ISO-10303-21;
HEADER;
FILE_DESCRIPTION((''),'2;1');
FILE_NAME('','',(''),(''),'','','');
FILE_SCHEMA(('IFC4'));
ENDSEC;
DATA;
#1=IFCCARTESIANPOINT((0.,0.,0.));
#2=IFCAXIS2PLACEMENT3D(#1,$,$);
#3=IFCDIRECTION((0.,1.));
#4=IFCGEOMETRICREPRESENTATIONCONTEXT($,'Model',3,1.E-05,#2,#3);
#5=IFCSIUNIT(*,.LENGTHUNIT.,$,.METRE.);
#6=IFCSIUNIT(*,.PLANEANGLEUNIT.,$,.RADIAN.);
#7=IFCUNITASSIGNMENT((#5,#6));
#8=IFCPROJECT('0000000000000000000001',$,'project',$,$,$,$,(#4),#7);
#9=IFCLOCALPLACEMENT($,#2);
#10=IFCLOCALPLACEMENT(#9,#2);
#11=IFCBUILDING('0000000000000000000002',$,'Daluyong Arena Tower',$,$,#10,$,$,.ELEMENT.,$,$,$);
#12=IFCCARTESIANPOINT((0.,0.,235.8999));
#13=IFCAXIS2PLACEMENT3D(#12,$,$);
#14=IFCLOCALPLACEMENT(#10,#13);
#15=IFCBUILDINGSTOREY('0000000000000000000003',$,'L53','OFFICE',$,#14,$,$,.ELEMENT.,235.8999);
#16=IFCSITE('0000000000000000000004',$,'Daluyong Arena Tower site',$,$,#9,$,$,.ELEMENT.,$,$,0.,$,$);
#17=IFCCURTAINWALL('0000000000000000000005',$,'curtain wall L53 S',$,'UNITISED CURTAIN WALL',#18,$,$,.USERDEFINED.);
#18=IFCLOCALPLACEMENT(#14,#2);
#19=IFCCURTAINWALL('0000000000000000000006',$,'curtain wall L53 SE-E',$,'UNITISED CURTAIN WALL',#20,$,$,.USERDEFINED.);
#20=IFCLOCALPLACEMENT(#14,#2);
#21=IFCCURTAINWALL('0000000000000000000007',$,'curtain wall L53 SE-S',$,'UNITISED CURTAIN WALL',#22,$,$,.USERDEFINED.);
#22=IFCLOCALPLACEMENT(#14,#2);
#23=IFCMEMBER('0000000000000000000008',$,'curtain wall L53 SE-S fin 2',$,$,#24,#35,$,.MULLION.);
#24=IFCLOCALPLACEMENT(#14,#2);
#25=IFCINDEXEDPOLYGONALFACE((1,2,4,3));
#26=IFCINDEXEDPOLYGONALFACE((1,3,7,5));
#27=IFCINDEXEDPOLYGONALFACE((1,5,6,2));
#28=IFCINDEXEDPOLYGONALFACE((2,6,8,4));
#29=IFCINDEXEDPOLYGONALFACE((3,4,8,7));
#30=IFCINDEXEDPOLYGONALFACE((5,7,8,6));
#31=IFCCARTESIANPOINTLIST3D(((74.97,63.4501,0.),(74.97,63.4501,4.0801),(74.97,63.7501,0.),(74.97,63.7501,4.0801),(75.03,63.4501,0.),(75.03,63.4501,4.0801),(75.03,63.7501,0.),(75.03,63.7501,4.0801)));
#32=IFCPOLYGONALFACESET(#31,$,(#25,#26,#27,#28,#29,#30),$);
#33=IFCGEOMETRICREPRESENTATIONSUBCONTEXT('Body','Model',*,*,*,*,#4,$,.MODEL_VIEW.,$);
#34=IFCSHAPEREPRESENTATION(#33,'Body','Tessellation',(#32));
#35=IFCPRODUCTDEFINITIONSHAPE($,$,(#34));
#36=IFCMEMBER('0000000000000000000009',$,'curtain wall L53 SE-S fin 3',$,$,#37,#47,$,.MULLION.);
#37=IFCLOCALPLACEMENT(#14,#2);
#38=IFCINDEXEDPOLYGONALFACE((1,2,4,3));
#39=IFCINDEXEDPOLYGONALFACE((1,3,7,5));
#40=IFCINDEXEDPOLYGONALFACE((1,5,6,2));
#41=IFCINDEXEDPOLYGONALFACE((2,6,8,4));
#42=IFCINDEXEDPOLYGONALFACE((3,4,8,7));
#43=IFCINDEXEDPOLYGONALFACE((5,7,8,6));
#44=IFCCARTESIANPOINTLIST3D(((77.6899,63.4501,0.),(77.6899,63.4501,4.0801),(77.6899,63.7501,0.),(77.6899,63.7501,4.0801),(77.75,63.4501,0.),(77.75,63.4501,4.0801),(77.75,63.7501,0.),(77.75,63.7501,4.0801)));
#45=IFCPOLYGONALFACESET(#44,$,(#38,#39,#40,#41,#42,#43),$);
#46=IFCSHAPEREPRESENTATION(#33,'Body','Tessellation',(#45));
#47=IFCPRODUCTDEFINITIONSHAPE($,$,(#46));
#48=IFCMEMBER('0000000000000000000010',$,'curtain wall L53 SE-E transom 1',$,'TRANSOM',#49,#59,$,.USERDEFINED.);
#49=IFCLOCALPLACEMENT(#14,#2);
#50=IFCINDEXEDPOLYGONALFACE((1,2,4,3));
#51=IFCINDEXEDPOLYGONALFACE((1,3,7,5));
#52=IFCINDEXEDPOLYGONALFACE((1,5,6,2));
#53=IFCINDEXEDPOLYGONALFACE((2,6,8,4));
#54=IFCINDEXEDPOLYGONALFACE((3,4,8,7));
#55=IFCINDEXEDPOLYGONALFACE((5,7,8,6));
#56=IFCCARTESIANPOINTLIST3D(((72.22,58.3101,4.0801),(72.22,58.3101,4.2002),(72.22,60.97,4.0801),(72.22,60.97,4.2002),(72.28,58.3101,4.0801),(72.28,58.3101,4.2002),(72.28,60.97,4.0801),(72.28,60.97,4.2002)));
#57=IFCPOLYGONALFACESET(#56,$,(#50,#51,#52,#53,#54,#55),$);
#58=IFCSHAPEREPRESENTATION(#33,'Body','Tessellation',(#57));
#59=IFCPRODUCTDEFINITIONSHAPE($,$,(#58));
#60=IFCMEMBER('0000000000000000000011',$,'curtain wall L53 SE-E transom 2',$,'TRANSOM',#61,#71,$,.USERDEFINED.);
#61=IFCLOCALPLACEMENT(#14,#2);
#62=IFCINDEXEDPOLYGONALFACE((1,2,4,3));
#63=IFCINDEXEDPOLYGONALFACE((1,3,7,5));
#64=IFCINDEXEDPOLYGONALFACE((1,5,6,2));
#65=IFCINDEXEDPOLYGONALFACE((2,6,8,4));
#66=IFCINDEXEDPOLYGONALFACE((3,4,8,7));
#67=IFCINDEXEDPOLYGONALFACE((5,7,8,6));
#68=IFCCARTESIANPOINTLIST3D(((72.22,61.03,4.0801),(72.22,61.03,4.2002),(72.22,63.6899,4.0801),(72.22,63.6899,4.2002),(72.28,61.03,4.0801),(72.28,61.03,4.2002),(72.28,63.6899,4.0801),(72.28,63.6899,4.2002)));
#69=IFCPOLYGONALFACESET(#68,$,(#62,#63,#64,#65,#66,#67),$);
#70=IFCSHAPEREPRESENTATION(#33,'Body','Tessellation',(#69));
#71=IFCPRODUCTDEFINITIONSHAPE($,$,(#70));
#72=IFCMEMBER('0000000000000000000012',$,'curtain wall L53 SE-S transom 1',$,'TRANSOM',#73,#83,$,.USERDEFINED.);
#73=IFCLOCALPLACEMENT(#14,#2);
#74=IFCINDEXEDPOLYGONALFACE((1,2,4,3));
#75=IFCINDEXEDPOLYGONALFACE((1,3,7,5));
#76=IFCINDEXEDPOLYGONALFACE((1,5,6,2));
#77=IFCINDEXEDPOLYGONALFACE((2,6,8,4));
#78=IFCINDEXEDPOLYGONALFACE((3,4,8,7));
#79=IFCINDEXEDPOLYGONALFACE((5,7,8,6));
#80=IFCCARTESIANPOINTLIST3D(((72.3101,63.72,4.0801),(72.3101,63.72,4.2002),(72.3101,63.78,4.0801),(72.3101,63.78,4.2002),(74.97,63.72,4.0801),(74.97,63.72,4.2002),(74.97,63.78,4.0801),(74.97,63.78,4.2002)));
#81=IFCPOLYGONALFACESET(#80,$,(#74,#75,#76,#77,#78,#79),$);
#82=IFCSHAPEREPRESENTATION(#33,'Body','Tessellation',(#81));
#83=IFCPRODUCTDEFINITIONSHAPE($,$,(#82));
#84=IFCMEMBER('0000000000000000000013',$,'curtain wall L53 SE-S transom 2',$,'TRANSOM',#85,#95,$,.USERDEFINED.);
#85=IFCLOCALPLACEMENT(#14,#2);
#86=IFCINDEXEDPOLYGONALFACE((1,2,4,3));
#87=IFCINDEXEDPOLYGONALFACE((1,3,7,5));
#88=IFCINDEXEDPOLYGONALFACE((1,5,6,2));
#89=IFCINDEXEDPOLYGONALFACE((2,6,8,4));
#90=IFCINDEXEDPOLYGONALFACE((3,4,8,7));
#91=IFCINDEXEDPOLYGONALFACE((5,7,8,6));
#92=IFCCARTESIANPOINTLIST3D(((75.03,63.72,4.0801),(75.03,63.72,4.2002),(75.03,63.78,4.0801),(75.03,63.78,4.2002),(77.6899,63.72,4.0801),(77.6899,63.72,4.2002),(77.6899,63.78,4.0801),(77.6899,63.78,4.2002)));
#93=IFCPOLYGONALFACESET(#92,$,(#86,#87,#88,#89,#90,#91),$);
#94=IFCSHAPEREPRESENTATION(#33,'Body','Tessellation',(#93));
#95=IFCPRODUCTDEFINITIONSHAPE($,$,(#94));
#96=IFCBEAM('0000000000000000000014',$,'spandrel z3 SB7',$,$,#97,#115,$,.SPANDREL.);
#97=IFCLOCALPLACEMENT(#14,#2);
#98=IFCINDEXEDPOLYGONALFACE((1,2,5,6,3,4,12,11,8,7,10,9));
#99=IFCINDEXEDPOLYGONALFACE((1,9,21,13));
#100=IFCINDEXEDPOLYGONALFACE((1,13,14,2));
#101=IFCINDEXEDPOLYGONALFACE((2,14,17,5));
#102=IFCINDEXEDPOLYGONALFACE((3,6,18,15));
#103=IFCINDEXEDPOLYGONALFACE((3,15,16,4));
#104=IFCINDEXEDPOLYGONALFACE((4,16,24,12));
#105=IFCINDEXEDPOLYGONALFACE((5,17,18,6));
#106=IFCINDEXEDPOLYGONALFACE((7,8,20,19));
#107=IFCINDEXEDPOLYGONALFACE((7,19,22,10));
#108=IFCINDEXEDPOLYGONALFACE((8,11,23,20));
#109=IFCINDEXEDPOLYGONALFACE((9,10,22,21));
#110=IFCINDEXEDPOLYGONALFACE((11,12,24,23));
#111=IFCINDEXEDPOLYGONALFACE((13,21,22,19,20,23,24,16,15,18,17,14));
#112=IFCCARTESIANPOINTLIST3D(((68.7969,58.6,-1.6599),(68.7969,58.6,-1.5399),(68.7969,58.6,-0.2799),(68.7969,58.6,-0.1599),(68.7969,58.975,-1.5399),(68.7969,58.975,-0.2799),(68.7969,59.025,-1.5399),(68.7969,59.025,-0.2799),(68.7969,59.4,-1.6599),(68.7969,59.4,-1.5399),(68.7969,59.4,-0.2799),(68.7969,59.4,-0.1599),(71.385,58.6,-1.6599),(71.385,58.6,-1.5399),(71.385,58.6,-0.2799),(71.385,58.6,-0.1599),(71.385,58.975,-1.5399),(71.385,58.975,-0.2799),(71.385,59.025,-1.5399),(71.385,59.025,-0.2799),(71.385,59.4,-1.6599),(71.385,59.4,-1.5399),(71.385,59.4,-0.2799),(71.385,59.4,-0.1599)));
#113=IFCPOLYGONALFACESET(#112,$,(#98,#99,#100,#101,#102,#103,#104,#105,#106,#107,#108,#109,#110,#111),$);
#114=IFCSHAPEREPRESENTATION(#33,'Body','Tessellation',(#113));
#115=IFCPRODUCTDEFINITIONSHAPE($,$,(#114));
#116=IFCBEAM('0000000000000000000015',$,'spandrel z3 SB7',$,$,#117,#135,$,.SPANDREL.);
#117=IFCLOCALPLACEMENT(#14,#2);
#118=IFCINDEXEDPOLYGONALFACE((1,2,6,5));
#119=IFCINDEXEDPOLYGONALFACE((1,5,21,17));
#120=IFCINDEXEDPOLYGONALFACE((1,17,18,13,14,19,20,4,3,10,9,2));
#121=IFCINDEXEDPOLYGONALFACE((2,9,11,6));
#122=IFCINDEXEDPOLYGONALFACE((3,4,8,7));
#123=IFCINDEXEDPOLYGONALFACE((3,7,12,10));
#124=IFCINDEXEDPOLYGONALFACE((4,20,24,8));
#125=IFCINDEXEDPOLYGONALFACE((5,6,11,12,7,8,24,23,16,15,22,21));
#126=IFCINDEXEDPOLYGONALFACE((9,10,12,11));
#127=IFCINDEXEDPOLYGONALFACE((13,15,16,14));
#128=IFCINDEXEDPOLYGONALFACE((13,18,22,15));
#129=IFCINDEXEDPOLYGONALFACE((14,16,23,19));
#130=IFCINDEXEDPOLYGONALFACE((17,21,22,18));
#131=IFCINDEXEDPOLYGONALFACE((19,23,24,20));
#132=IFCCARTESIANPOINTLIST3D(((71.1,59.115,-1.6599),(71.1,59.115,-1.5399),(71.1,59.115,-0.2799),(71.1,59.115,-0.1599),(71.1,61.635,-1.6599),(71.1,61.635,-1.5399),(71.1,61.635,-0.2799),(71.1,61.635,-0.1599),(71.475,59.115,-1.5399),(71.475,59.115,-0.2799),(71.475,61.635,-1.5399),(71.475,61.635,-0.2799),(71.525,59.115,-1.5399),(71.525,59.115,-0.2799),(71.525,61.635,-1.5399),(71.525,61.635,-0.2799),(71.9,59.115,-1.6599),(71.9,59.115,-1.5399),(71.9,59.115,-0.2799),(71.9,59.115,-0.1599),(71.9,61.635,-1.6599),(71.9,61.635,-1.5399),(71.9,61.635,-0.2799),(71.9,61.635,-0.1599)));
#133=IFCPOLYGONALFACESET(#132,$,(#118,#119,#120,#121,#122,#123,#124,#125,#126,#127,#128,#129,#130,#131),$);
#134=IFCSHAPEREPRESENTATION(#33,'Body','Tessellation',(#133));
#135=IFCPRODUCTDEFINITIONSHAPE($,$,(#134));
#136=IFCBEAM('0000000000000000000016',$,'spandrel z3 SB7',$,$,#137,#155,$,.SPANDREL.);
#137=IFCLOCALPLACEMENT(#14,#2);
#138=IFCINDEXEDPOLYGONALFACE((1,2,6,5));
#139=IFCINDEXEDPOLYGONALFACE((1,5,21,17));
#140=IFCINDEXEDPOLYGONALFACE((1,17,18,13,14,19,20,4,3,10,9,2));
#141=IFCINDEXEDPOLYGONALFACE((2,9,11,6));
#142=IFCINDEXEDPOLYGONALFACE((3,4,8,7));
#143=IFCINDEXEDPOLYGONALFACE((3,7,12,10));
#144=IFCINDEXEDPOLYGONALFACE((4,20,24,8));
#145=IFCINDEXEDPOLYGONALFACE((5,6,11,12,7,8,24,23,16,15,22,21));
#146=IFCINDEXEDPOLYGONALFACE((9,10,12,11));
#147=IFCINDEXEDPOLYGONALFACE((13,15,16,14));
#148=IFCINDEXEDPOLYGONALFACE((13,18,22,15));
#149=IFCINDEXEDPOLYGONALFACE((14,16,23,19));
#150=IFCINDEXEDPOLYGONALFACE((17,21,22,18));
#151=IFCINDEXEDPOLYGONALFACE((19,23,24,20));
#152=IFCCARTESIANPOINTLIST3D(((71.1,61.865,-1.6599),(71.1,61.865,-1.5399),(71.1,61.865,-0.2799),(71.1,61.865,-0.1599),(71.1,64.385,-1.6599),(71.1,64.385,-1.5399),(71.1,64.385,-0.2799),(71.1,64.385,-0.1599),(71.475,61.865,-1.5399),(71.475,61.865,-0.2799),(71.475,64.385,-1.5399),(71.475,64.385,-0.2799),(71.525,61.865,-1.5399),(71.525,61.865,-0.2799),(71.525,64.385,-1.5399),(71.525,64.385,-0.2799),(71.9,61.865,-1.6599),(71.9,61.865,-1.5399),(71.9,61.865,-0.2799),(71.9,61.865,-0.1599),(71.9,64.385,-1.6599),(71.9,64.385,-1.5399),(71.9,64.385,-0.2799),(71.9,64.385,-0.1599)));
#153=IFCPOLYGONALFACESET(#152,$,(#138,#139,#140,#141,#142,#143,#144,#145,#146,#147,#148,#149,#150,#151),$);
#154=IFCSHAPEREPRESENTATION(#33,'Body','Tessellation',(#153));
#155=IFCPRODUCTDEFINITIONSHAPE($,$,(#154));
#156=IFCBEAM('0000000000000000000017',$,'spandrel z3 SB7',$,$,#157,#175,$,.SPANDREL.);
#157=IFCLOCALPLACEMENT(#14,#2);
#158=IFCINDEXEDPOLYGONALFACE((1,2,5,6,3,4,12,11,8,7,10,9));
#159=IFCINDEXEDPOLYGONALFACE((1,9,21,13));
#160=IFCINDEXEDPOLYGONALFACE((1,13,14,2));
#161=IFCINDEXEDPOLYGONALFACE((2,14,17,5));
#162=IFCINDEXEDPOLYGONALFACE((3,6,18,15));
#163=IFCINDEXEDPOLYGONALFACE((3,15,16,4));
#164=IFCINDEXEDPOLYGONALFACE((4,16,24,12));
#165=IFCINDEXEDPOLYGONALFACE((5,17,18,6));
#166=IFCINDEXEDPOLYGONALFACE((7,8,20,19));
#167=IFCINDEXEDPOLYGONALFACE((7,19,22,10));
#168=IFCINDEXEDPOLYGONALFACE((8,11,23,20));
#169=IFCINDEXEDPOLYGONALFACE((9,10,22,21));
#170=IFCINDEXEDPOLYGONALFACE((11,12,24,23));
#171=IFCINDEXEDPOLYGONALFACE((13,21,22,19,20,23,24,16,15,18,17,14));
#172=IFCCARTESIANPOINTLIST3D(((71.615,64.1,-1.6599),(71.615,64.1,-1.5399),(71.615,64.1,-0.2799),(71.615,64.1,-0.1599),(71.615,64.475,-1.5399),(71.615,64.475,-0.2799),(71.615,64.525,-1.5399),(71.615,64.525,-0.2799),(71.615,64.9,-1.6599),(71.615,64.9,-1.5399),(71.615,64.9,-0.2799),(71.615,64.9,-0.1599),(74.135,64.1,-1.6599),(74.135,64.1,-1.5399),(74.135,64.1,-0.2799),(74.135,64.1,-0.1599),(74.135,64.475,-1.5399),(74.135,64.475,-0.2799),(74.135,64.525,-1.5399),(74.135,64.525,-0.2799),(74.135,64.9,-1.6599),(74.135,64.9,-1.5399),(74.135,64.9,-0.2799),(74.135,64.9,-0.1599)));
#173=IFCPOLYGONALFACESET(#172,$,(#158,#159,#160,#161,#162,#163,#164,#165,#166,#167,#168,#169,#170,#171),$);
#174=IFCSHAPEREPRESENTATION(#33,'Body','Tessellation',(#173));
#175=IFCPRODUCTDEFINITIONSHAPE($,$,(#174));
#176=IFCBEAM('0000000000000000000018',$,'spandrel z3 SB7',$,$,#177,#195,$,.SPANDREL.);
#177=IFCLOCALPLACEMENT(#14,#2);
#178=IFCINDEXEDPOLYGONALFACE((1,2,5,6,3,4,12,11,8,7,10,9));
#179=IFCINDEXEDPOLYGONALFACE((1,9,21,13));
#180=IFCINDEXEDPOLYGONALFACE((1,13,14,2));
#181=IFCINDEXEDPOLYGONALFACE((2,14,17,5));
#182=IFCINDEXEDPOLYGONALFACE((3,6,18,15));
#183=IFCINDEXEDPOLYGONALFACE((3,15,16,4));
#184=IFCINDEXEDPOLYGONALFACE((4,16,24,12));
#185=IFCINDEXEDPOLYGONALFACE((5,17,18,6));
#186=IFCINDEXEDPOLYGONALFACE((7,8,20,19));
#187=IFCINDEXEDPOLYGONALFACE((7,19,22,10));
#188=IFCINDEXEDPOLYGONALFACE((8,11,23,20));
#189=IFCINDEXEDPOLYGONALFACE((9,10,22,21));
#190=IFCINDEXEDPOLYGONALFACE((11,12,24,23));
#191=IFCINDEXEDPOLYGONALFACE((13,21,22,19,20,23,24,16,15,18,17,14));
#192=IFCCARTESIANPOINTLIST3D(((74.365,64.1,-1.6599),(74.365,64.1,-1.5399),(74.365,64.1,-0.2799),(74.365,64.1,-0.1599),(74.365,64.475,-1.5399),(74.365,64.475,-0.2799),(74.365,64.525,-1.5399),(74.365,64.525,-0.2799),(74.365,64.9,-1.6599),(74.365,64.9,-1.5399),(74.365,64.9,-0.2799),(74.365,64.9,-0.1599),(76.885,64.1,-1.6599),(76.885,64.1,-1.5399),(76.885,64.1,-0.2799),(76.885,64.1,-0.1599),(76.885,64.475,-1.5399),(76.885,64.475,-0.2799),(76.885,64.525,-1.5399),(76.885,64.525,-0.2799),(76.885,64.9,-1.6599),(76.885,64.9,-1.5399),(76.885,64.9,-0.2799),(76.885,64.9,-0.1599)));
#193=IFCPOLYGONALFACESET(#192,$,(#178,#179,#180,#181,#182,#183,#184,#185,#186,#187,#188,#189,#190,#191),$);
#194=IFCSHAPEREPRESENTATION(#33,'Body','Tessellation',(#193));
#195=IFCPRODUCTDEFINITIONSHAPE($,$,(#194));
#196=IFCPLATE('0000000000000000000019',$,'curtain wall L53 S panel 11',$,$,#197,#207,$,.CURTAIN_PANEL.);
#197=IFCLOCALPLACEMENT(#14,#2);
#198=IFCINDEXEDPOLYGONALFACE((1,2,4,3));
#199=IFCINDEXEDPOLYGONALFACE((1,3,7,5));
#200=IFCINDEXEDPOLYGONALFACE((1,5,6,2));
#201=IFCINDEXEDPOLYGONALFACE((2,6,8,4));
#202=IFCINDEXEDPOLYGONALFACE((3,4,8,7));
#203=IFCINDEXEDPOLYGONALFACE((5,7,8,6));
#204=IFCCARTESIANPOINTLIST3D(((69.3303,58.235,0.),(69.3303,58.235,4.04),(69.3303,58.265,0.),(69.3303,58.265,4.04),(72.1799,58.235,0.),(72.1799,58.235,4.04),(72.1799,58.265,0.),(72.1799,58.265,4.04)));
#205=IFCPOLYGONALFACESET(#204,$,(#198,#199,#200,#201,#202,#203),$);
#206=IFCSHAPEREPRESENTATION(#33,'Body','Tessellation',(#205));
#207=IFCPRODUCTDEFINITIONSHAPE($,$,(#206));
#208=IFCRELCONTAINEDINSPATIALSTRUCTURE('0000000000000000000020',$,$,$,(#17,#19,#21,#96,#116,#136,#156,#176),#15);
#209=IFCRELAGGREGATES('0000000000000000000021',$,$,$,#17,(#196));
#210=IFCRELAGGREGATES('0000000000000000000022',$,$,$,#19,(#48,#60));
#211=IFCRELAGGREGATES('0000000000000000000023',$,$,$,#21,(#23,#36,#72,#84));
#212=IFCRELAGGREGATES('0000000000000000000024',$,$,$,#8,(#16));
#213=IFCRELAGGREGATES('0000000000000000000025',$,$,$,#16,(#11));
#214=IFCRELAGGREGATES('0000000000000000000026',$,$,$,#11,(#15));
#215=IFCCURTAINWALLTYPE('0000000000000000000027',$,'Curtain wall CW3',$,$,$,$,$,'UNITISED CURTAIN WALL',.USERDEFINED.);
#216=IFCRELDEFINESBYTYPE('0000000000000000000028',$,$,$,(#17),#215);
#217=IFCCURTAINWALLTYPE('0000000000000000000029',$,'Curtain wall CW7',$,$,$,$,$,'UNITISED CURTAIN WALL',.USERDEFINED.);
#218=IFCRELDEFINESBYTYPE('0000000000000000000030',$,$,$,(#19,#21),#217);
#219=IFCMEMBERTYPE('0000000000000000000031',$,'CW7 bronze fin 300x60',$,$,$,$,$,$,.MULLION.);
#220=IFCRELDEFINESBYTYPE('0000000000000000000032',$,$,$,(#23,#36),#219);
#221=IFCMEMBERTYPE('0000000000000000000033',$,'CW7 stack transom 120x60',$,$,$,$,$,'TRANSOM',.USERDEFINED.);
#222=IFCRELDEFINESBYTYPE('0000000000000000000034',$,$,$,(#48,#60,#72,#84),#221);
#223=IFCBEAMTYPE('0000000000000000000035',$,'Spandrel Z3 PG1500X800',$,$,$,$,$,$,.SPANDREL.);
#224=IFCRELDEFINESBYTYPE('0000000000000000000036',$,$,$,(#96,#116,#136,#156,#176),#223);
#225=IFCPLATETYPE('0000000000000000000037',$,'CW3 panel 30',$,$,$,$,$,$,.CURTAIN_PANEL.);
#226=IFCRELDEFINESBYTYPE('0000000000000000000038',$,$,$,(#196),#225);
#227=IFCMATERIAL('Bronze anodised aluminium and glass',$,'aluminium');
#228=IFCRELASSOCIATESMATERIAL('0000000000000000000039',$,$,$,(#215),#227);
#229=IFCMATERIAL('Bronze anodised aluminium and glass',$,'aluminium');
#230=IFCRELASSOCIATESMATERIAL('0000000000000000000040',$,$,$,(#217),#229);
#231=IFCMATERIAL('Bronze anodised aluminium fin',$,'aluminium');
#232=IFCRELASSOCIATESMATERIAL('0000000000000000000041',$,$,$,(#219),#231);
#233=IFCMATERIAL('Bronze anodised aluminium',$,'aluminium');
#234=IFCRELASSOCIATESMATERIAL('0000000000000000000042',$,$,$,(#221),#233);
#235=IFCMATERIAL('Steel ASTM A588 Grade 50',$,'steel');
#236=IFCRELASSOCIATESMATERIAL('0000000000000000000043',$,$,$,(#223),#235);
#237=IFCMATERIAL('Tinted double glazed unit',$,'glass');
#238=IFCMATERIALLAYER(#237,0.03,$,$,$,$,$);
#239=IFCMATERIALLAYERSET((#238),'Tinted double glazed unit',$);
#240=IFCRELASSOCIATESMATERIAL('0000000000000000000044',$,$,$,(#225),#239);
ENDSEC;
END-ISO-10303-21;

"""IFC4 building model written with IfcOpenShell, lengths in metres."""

from ifc_helpers import new_model, si_unit, direction, frame, origin, origin_2d, place, context, subcontext, project, spatial, rectangle, i_section, extrude, material, layer, layer_set, material_profile, profile_set, type_object, element, aggregate, save


model = new_model("IFC4")

# Units and contexts
model_context = context("Model", 3, precision=1e-05, world=origin(), true_north=direction((0.0, 1.0)))
body_context = subcontext(model_context, "Body", "Model", "MODEL_VIEW")
ifc_project = project(units=[si_unit("LENGTHUNIT", "METRE"), si_unit("PLANEANGLEUNIT", "RADIAN")], contexts=[model_context])

# Site, building, storey
site_placement = place(None, origin())
site = spatial("IfcSite", under=ifc_project, at=site_placement, Name="Daluyong Arena Tower site", CompositionType="ELEMENT", RefElevation=0.0)
building_placement = place(site_placement, origin())
building = spatial("IfcBuilding", under=site, at=building_placement, Name="Daluyong Arena Tower", CompositionType="ELEMENT")
storey_placement = place(building_placement, frame((0.0, 0.0, 235.8999)))
storey = spatial("IfcBuildingStorey", under=building, at=storey_placement, Name="L53", Description="OFFICE", CompositionType="ELEMENT", Elevation=235.8999)

# Curtain wall
ifc_material_1 = material(Name="Bronze anodised aluminium and glass", Category="aluminium")
curtain_wall_type_1 = type_object("IfcCurtainWallType", Name="Curtain wall CW3", ElementType="UNITISED CURTAIN WALL", PredefinedType="USERDEFINED", material=ifc_material_1)
curtain_wall_1_placement = place(storey_placement, origin())
curtain_wall_1 = element("IfcCurtainWall", 1, at=curtain_wall_1_placement, inside=storey, type_object=curtain_wall_type_1, Name="curtain wall L53 S", ObjectType="UNITISED CURTAIN WALL", PredefinedType="USERDEFINED")

# Curtain walls, members
ifc_material_2 = material(Name="Bronze anodised aluminium and glass", Category="aluminium")
curtain_wall_type_2 = type_object("IfcCurtainWallType", Name="Curtain wall CW7", ElementType="UNITISED CURTAIN WALL", PredefinedType="USERDEFINED", material=ifc_material_2)
curtain_wall_2_placement = place(storey_placement, origin())
curtain_wall_2 = element("IfcCurtainWall", 2, at=curtain_wall_2_placement, inside=storey, type_object=curtain_wall_type_2, Name="curtain wall L53 SE-E", ObjectType="UNITISED CURTAIN WALL", PredefinedType="USERDEFINED")
ifc_material_3 = material(Name="Bronze anodised aluminium fin", Category="aluminium")
ifc_material_profile_1 = material_profile(ifc_material_3, rectangle(XDim=0.3, YDim=0.0601, at=origin_2d()))
ifc_profile_set_1 = profile_set([ifc_material_profile_1], Name="Bronze anodised aluminium fin")
member_type_1 = type_object("IfcMemberType", Name="CW7 bronze fin 300x60", PredefinedType="MULLION", material=ifc_profile_set_1)
curtain_wall_3_placement = place(storey_placement, origin())
curtain_wall_3 = element("IfcCurtainWall", 3, at=curtain_wall_3_placement, inside=storey, type_object=curtain_wall_type_2, Name="curtain wall L53 SE-S", ObjectType="UNITISED CURTAIN WALL", PredefinedType="USERDEFINED")
member_1_placement = place(storey_placement, frame((75.0, 63.6001, 0.0), z_axis=(0.0, 0.0, 1.0), x_axis=(0.0, 1.0, 0.0)))
member_1 = element("IfcMember", 4, at=member_1_placement, type_object=member_type_1, Name="curtain wall L53 SE-S fin 2", PredefinedType="MULLION", context=body_context, shape_type="SweptSolid", body=[
    extrude(rectangle(XDim=0.3, YDim=0.0601, at=origin_2d()), origin(), (0.0, 0.0, 1.0), 4.0801),
])
member_2_placement = place(storey_placement, frame((77.72, 63.6001, 0.0), z_axis=(0.0, 0.0, 1.0), x_axis=(0.0, 1.0, 0.0)))
member_2 = element("IfcMember", 5, at=member_2_placement, type_object=member_type_1, Name="curtain wall L53 SE-S fin 3", PredefinedType="MULLION", context=body_context, shape_type="SweptSolid", body=[
    extrude(rectangle(XDim=0.3, YDim=0.0601, at=origin_2d()), origin(), (0.0, 0.0, 1.0), 4.0801),
])

# Members
ifc_material_4 = material(Name="Bronze anodised aluminium", Category="aluminium")
ifc_material_profile_2 = material_profile(ifc_material_4, rectangle(XDim=0.0601, YDim=0.1201, at=origin_2d()))
ifc_profile_set_2 = profile_set([ifc_material_profile_2], Name="Bronze anodised aluminium")
member_type_2 = type_object("IfcMemberType", Name="CW7 stack transom 120x60", ElementType="TRANSOM", PredefinedType="USERDEFINED", material=ifc_profile_set_2)
member_3_placement = place(storey_placement, frame((72.25, 58.3101, 4.1401), z_axis=(0.0, 1.0, 0.0), x_axis=(-1.0, 0.0, 0.0)))
member_3 = element("IfcMember", 6, at=member_3_placement, type_object=member_type_2, Name="curtain wall L53 SE-E transom 1", ObjectType="TRANSOM", PredefinedType="USERDEFINED", context=body_context, shape_type="SweptSolid", body=[
    extrude(rectangle(XDim=0.0601, YDim=0.1201, at=origin_2d()), origin(), (0.0, 0.0, 1.0), 2.6599),
])
member_4_placement = place(storey_placement, frame((72.25, 61.03, 4.1401), z_axis=(0.0, 1.0, 0.0), x_axis=(-1.0, 0.0, 0.0)))
member_4 = element("IfcMember", 7, at=member_4_placement, type_object=member_type_2, Name="curtain wall L53 SE-E transom 2", ObjectType="TRANSOM", PredefinedType="USERDEFINED", context=body_context, shape_type="SweptSolid", body=[
    extrude(rectangle(XDim=0.0601, YDim=0.1201, at=origin_2d()), origin(), (0.0, 0.0, 1.0), 2.6599),
])
member_5_placement = place(storey_placement, frame((72.3101, 63.75, 4.1401), z_axis=(1.0, 0.0, 0.0), x_axis=(0.0, 1.0, 0.0)))
member_5 = element("IfcMember", 8, at=member_5_placement, type_object=member_type_2, Name="curtain wall L53 SE-S transom 1", ObjectType="TRANSOM", PredefinedType="USERDEFINED", context=body_context, shape_type="SweptSolid", body=[
    extrude(rectangle(XDim=0.0601, YDim=0.1201, at=origin_2d()), origin(), (0.0, 0.0, 1.0), 2.6599),
])
member_6_placement = place(storey_placement, frame((75.03, 63.75, 4.1401), z_axis=(1.0, 0.0, 0.0), x_axis=(0.0, 1.0, 0.0)))
member_6 = element("IfcMember", 9, at=member_6_placement, type_object=member_type_2, Name="curtain wall L53 SE-S transom 2", ObjectType="TRANSOM", PredefinedType="USERDEFINED", context=body_context, shape_type="SweptSolid", body=[
    extrude(rectangle(XDim=0.0601, YDim=0.1201, at=origin_2d()), origin(), (0.0, 0.0, 1.0), 2.6599),
])

# Beams
ifc_material_5 = material(Name="Steel ASTM A588 Grade 50", Category="steel")
ifc_material_profile_3 = material_profile(ifc_material_5, i_section(OverallWidth=0.8, OverallDepth=1.5, WebThickness=0.05, FlangeThickness=0.12, at=origin_2d()))
ifc_profile_set_3 = profile_set([ifc_material_profile_3], Name="Steel ASTM A588 Grade 50")
beam_type = type_object("IfcBeamType", Name="Spandrel Z3 PG1500X800", PredefinedType="SPANDREL", material=ifc_profile_set_3)
beam_placement = place(storey_placement, frame((68.7969, 59.0, -0.9099), z_axis=(1.0, 0.0, 0.0), x_axis=(0.0, 1.0, 0.0)))
element("IfcBeam", 10, at=beam_placement, inside=storey, type_object=beam_type, Name="spandrel z3 SB7", PredefinedType="SPANDREL", context=body_context, shape_type="SweptSolid", body=[
    extrude(i_section(OverallWidth=0.8, OverallDepth=1.5, WebThickness=0.05, FlangeThickness=0.12, at=origin_2d()), origin(), (0.0, 0.0, 1.0), 2.5881),
])
for number, where, z_axis, x_axis, name in (
    (11, (71.5, 59.115, -0.9099), (0.0, 1.0, 0.0), (-1.0, 0.0, 0.0), "spandrel z3 SB7"),
    (12, (71.5, 61.865, -0.9099), (0.0, 1.0, 0.0), (-1.0, 0.0, 0.0), "spandrel z3 SB7"),
    (13, (71.615, 64.5, -0.9099), (1.0, 0.0, 0.0), (0.0, 1.0, 0.0), "spandrel z3 SB7"),
    (14, (74.365, 64.5, -0.9099), (1.0, 0.0, 0.0), (0.0, 1.0, 0.0), "spandrel z3 SB7"),
):
    element("IfcBeam", number, at=place(storey_placement, frame(where, z_axis=z_axis, x_axis=x_axis)), inside=storey, type_object=beam_type, Name=name, PredefinedType="SPANDREL", context=body_context, shape_type="SweptSolid", body=[
        extrude(i_section(OverallWidth=0.8, OverallDepth=1.5, WebThickness=0.05, FlangeThickness=0.12, at=origin_2d()), origin(), (0.0, 0.0, 1.0), 2.52),
    ])

# Plate
ifc_material_6 = material(Name="Tinted double glazed unit", Category="glass")
ifc_layer_1 = layer(ifc_material_6, 0.03)
ifc_layer_set_1 = layer_set([ifc_layer_1], Name="Tinted double glazed unit")
plate_type_1 = type_object("IfcPlateType", Name="CW3 panel 30", PredefinedType="CURTAIN_PANEL", material=ifc_layer_set_1)
plate_1_placement = place(storey_placement, frame((70.7551, 58.25, 0.0), z_axis=(0.0, 0.0, 1.0), x_axis=(1.0, 0.0, 0.0)))
plate_1 = element("IfcPlate", 15, at=plate_1_placement, type_object=plate_type_1, Name="curtain wall L53 S panel 11", PredefinedType="CURTAIN_PANEL", context=body_context, shape_type="SweptSolid", body=[
    extrude(rectangle(XDim=2.8496, YDim=0.03, at=origin_2d()), origin(), (0.0, 0.0, 1.0), 4.04),
])
aggregate(curtain_wall_1, [plate_1])
aggregate(curtain_wall_2, [member_3, member_4])
aggregate(curtain_wall_3, [member_1, member_2, member_5, member_6])

save(model, "model.ifc")
